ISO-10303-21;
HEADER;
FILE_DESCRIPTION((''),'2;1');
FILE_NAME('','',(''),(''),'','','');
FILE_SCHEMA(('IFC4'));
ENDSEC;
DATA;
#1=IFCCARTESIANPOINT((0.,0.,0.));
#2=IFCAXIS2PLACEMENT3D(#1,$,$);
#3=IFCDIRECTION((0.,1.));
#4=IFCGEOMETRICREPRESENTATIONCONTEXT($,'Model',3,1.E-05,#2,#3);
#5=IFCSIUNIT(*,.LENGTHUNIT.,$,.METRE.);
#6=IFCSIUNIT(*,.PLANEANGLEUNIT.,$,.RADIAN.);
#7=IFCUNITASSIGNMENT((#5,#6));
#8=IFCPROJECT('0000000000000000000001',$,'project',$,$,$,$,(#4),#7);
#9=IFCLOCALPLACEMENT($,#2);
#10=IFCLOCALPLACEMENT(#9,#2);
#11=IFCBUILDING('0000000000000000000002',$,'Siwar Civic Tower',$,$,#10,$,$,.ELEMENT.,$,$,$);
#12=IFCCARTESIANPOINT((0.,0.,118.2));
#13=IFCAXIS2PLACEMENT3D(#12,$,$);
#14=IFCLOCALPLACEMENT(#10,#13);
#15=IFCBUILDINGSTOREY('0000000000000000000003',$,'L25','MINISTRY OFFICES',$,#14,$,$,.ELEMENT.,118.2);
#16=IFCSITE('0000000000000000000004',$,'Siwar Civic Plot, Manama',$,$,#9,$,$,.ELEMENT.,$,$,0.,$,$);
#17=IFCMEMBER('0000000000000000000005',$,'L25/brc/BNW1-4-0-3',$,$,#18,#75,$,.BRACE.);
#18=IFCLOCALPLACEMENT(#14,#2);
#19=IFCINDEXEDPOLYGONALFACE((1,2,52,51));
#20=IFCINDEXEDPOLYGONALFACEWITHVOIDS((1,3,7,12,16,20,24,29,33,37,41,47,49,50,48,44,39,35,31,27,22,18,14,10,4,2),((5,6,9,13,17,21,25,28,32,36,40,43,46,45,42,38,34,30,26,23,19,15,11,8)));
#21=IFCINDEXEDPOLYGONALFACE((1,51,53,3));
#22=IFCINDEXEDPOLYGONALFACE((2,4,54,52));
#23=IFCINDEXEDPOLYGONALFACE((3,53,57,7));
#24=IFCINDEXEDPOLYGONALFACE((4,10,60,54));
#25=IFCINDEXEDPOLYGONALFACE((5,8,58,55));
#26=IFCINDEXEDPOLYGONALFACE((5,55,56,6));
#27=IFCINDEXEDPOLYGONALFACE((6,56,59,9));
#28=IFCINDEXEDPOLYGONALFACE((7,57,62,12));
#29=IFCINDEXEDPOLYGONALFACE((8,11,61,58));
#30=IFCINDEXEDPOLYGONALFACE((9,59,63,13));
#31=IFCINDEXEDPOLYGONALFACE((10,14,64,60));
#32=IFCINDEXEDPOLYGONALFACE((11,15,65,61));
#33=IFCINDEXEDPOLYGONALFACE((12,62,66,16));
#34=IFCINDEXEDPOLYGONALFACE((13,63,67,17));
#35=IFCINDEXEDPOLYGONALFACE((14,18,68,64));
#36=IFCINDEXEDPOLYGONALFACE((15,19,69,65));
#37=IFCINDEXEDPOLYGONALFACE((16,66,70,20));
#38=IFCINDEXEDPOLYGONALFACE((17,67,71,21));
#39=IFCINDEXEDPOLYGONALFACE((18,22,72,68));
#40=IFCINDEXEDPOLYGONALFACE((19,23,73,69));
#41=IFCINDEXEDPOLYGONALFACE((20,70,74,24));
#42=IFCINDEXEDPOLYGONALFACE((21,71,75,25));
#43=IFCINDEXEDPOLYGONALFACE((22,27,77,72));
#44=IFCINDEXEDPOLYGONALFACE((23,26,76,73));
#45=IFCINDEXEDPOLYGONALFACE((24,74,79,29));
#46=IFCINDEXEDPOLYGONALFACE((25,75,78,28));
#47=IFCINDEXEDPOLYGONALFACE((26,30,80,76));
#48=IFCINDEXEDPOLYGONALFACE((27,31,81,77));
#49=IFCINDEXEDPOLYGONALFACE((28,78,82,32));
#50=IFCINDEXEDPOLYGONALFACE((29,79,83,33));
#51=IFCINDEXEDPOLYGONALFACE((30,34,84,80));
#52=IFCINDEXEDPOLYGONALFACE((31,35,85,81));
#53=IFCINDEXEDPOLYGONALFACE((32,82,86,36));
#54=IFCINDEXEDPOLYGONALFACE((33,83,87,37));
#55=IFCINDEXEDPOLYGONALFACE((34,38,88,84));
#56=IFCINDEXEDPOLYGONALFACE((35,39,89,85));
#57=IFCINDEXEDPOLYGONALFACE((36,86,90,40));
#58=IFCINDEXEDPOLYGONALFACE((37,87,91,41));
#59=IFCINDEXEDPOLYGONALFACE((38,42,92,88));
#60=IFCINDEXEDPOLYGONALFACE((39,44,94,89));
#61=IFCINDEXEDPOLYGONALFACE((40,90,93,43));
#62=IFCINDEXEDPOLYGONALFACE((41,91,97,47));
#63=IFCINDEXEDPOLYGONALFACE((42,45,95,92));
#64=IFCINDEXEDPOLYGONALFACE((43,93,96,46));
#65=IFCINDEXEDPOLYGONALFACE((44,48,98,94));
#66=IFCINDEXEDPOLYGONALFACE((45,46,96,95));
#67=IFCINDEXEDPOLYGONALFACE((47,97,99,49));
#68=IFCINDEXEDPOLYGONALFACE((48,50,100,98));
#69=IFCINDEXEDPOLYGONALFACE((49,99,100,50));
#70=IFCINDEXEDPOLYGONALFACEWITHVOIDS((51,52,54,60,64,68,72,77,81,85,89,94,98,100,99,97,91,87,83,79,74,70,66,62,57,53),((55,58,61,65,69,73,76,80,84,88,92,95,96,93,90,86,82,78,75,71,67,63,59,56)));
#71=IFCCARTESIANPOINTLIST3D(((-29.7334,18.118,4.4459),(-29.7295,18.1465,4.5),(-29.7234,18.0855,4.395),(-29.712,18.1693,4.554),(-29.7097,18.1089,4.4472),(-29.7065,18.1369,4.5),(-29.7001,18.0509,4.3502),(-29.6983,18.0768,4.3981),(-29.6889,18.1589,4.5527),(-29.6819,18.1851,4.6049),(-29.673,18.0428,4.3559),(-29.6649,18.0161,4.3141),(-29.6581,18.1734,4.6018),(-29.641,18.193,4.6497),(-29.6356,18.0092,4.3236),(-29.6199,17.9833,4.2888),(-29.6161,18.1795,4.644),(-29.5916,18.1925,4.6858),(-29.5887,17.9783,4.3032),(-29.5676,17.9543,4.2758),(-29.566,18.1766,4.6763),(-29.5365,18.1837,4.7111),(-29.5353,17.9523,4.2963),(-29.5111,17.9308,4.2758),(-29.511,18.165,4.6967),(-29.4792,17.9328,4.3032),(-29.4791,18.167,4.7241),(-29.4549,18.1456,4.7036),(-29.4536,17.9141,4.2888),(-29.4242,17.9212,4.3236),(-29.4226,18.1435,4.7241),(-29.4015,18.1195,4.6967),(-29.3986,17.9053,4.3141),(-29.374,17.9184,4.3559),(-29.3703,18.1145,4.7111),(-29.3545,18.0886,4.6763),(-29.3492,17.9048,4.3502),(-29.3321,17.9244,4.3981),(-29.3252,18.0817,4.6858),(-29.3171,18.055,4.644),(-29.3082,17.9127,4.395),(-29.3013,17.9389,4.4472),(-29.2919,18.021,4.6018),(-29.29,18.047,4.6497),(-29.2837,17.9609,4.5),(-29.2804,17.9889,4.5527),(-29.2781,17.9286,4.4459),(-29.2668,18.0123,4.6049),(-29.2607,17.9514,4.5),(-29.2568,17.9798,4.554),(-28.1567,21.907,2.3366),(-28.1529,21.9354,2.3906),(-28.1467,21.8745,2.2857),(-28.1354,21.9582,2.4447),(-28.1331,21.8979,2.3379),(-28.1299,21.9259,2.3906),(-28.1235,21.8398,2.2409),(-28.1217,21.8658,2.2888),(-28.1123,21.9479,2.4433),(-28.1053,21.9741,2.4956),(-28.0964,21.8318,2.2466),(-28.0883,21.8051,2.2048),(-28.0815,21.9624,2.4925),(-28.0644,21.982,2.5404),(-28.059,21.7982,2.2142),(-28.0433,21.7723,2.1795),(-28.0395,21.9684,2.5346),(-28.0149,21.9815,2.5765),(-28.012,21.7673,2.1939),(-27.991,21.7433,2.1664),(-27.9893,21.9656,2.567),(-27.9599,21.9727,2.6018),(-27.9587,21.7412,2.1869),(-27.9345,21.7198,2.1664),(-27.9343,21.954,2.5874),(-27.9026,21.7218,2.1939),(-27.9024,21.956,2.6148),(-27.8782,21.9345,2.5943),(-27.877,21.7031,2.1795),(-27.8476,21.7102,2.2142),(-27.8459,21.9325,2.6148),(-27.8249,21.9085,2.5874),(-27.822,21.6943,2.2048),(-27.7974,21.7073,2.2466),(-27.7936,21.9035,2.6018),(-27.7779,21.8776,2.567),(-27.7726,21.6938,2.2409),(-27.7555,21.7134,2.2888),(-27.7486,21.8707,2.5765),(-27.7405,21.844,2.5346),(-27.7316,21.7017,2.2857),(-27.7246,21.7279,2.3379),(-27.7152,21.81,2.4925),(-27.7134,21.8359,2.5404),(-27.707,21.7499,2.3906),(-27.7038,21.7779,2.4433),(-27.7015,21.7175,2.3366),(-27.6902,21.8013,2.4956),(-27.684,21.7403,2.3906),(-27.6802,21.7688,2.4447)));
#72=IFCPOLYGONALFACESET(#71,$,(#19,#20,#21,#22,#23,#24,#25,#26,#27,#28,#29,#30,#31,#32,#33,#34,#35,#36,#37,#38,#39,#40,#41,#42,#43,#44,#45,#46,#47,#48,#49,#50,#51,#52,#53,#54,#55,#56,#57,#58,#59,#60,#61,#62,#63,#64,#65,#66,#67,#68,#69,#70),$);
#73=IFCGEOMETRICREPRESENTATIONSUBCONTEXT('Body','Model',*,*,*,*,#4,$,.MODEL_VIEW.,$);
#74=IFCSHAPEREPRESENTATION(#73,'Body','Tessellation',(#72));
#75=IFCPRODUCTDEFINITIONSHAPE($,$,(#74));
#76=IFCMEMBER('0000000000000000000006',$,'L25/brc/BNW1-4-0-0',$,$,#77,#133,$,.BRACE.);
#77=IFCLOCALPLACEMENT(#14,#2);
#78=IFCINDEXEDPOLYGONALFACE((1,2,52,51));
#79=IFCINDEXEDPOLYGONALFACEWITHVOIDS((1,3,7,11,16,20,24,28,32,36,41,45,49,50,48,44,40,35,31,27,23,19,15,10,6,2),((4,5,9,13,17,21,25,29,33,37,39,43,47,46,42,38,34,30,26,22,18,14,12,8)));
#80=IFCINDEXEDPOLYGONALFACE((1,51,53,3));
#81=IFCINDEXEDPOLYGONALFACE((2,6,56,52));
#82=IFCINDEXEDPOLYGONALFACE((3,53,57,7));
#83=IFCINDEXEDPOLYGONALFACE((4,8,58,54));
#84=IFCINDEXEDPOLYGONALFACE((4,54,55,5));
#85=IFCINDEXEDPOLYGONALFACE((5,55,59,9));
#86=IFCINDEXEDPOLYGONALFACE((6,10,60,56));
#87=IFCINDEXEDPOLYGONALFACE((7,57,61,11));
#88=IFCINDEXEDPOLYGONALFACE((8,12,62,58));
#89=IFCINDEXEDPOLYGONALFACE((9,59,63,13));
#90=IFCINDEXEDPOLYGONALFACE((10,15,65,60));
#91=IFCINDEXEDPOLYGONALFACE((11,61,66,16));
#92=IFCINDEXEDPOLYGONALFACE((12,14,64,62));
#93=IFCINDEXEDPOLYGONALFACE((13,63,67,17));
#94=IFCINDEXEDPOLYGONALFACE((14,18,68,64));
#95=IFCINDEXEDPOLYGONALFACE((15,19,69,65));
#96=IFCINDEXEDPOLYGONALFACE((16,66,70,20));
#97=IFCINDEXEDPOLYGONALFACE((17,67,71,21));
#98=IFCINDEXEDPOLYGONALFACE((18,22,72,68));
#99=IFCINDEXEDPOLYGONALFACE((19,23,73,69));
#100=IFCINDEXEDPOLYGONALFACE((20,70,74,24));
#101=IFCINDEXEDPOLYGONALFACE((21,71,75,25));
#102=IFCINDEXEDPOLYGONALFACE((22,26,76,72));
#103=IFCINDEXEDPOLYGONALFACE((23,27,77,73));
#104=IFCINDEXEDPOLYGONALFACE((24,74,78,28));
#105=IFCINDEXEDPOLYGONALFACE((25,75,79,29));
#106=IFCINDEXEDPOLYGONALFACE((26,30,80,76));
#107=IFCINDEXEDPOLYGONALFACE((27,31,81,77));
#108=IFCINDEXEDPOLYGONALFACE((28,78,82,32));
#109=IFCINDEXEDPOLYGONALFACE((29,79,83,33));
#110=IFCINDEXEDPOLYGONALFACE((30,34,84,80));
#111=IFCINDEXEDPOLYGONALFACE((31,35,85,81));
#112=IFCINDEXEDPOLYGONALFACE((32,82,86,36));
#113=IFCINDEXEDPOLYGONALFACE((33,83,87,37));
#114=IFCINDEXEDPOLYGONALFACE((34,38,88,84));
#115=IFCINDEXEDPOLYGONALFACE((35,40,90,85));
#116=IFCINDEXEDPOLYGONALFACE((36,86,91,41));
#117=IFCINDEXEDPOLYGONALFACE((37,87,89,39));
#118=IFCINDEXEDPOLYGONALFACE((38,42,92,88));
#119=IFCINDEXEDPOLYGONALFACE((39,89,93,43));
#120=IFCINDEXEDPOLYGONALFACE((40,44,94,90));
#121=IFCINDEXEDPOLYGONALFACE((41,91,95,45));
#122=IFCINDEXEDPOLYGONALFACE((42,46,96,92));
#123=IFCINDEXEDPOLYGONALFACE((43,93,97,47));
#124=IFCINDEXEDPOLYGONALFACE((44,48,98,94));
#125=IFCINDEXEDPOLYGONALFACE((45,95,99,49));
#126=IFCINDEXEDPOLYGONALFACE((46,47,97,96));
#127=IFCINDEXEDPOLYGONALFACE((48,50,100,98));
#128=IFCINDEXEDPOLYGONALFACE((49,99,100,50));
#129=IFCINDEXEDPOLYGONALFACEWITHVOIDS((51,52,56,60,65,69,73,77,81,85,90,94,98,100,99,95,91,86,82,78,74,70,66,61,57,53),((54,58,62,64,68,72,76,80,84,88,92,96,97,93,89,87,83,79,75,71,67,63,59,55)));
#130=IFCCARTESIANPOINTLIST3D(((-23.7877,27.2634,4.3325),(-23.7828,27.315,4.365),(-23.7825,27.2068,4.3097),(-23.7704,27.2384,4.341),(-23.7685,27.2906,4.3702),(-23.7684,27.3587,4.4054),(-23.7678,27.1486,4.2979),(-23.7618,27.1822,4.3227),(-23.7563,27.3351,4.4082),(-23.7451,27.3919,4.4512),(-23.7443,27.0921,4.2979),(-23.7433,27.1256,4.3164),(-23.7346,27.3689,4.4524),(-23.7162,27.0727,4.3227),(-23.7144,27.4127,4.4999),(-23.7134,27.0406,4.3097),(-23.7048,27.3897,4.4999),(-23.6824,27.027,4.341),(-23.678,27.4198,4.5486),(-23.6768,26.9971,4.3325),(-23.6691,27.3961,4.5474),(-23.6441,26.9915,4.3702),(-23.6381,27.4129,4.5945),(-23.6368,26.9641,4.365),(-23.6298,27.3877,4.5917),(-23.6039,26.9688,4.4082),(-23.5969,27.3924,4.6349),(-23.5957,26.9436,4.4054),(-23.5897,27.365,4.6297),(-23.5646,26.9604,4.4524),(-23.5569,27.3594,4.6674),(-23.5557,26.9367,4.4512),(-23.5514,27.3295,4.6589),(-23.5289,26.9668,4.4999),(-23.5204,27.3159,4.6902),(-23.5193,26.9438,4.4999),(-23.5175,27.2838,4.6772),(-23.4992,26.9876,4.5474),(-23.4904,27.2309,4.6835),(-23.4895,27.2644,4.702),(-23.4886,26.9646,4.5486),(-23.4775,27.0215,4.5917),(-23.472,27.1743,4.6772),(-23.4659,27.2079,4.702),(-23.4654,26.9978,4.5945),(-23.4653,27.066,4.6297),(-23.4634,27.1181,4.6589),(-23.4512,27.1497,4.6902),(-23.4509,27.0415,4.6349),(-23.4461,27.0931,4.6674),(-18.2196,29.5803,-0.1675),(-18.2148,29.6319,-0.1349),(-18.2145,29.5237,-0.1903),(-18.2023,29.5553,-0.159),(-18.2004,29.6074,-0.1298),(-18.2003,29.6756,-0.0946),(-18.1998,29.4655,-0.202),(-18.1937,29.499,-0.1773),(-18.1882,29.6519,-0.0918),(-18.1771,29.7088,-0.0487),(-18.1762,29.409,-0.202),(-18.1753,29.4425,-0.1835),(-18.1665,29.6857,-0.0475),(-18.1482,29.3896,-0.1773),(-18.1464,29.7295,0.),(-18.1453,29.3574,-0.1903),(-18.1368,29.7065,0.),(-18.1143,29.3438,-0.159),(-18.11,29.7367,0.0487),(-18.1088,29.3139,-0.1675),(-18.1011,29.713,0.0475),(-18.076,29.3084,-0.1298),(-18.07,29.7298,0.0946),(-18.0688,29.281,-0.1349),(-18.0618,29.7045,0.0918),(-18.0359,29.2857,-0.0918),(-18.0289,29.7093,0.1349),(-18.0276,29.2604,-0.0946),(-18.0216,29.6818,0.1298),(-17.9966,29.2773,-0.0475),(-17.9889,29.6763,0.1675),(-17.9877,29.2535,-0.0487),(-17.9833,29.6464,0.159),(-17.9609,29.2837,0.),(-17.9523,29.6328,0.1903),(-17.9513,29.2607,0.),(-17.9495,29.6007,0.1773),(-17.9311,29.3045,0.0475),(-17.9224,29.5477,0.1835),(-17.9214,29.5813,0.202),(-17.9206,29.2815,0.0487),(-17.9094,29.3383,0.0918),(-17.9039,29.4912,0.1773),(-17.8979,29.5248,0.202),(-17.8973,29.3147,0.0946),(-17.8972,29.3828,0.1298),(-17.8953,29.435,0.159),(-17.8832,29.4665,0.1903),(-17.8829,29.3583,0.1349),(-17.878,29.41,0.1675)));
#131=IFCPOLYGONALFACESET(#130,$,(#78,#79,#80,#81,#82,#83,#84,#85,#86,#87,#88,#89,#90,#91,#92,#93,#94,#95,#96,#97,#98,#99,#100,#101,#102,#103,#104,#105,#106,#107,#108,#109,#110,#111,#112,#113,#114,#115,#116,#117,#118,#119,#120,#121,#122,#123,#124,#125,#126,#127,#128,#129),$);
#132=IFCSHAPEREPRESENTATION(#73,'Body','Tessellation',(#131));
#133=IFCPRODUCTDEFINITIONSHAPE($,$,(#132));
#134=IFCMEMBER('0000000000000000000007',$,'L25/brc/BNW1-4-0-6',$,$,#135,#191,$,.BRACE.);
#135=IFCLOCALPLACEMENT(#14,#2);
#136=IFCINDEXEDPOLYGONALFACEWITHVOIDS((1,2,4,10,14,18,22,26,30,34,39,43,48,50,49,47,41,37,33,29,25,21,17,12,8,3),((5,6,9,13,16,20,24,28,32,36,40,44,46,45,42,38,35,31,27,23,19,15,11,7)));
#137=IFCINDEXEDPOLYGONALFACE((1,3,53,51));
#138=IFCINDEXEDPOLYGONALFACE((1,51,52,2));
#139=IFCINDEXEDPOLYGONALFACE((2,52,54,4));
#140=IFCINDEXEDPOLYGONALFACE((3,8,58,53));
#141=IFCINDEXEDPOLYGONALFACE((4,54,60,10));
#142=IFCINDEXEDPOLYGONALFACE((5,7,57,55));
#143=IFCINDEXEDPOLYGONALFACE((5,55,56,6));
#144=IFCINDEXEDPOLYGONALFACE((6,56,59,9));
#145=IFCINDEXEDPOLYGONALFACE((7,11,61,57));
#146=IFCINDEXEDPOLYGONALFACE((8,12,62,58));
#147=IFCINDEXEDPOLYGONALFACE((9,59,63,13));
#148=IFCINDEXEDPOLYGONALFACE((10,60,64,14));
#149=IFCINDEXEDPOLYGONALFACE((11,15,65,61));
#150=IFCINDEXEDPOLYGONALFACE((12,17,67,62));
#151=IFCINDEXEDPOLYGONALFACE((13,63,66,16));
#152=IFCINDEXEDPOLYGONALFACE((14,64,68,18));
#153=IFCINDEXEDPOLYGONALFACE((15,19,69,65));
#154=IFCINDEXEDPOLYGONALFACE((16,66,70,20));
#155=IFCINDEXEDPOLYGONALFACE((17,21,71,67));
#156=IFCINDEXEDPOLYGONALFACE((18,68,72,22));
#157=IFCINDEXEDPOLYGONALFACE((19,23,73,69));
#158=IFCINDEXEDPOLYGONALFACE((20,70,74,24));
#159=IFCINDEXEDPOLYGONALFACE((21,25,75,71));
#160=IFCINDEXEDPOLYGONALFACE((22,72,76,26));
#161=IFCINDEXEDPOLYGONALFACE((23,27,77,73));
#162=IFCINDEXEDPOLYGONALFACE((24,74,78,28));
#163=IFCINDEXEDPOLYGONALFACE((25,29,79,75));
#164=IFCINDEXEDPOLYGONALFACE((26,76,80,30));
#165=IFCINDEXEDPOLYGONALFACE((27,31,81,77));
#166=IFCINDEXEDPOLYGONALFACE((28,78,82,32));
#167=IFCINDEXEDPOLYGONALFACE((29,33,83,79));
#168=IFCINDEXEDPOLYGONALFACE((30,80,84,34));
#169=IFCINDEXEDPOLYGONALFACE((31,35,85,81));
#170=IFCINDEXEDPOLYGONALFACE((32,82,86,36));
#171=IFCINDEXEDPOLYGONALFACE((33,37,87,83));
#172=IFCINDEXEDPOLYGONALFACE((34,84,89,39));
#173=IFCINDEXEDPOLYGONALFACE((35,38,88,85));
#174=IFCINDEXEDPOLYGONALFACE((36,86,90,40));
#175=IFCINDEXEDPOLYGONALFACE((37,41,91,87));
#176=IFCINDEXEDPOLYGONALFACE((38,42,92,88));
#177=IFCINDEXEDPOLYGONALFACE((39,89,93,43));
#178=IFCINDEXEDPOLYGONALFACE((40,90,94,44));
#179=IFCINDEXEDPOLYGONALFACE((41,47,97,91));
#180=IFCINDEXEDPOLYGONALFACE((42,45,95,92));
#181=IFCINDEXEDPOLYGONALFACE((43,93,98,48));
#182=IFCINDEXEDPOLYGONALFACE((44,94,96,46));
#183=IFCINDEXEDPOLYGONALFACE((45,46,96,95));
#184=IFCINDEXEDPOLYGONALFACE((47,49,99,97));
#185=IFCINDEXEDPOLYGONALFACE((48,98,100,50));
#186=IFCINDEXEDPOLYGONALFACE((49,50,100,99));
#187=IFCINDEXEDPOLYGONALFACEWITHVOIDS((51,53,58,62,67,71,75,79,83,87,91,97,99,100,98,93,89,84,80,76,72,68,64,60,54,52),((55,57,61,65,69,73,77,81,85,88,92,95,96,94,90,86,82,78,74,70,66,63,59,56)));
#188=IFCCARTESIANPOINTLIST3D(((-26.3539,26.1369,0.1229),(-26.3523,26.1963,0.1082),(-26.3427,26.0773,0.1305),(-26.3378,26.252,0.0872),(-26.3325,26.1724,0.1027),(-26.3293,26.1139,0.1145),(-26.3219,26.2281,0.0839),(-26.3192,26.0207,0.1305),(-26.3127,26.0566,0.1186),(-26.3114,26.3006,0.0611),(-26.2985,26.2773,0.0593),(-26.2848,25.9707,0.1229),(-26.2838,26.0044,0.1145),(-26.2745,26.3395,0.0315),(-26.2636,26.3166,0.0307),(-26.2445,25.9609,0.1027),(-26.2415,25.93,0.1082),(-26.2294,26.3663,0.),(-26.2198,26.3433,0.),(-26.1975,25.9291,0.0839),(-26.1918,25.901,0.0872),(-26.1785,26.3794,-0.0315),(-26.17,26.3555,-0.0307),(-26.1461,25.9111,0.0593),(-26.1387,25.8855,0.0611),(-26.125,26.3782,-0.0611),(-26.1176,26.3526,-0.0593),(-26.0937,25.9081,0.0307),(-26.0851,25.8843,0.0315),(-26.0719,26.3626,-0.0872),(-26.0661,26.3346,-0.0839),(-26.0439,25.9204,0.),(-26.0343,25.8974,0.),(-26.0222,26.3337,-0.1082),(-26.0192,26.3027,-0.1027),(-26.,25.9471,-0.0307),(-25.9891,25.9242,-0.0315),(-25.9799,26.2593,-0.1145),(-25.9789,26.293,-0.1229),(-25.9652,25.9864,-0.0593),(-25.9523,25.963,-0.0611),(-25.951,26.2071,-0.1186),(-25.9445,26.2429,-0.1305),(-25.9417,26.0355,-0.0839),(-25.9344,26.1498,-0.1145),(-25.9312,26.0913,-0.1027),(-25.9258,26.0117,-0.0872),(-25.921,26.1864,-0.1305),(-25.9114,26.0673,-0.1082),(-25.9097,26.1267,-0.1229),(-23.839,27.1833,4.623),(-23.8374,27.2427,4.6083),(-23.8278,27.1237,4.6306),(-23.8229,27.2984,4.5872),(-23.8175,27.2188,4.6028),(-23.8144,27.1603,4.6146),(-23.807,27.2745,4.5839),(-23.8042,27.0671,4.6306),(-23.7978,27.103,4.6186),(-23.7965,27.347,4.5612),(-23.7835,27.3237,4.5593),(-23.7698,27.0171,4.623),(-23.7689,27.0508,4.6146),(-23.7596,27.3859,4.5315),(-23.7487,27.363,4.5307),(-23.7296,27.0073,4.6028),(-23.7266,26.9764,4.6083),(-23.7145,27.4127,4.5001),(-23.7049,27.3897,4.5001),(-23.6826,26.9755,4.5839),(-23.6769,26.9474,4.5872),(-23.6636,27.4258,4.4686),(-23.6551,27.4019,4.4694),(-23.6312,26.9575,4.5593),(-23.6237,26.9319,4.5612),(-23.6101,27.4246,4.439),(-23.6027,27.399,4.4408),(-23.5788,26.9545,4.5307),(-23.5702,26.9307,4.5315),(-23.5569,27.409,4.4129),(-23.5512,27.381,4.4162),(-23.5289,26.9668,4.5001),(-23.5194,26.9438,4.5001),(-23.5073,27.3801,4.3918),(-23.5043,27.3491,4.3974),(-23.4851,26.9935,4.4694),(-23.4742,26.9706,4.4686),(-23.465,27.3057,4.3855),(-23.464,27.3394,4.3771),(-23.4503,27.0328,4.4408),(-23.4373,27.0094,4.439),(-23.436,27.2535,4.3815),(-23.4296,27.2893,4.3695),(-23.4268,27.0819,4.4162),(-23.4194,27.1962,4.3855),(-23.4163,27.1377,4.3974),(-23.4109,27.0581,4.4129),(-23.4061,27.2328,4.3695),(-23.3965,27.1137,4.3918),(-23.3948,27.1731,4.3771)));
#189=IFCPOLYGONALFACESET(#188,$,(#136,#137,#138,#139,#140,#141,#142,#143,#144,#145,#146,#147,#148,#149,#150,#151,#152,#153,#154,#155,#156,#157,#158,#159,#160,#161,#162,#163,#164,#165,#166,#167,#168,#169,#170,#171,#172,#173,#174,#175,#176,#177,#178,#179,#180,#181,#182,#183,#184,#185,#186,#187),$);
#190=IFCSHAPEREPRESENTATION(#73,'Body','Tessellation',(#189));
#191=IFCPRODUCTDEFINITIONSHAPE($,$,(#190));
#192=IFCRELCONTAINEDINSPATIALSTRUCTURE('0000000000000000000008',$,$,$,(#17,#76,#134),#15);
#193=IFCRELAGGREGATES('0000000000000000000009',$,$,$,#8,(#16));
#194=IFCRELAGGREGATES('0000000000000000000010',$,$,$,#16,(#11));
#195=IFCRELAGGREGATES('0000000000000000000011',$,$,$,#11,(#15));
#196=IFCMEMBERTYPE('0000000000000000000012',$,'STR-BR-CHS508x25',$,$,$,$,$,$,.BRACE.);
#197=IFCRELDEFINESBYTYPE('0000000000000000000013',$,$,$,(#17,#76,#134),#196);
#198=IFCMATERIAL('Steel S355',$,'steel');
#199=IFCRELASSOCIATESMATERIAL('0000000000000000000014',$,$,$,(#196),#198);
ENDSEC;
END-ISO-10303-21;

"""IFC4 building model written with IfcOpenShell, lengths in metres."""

from ifc_helpers import new_model, si_unit, direction, frame, origin, origin_2d, place, context, subcontext, project, spatial, hollow_circle, extrude, material, material_profile, profile_set, type_object, element, save


model = new_model("IFC4")

# Units and contexts
model_context = context("Model", 3, precision=1e-05, world=origin(), true_north=direction((0.0, 1.0)))
body_context = subcontext(model_context, "Body", "Model", "MODEL_VIEW")
ifc_project = project(units=[si_unit("LENGTHUNIT", "METRE"), si_unit("PLANEANGLEUNIT", "RADIAN")], contexts=[model_context])

# Site, building, storey
site_placement = place(None, origin())
site = spatial("IfcSite", under=ifc_project, at=site_placement, Name="Siwar Civic Plot, Manama", CompositionType="ELEMENT", RefElevation=0.0)
building_placement = place(site_placement, origin())
building = spatial("IfcBuilding", under=site, at=building_placement, Name="Siwar Civic Tower", CompositionType="ELEMENT")
storey_placement = place(building_placement, frame((0.0, 0.0, 118.2)))
storey = spatial("IfcBuildingStorey", under=building, at=storey_placement, Name="L25", Description="MINISTRY OFFICES", CompositionType="ELEMENT", Elevation=118.2)

# Members
ifc_material_1 = material(Name="Steel S355", Category="steel")
ifc_material_profile_1 = material_profile(ifc_material_1, hollow_circle(Radius=0.2539, WallThickness=0.0249, at=origin_2d()), Name="CHS508x25")
ifc_profile_set_1 = profile_set([ifc_material_profile_1], Name="Steel S355")
member_type_1 = type_object("IfcMemberType", Name="STR-BR-CHS508x25", PredefinedType="BRACE", material=ifc_profile_set_1)
member_1_placement = place(storey_placement, frame((-27.9185, 21.8379, 2.3906), z_axis=(-0.341686, -0.821146, 0.457133), x_axis=(0.92326, -0.384176, 0.0)))
element("IfcMember", 1, at=member_1_placement, inside=storey, type_object=member_type_1, Name="L25/brc/BNW1-4-0-3", PredefinedType="BRACE", context=body_context, shape_type="SweptSolid", body=[
    extrude(hollow_circle(Radius=0.2539, WallThickness=0.0249, at=origin_2d()), origin(), (0.0, 0.0, 1.0), 4.6143),
])
member_2_placement = place(storey_placement, frame((-18.0488, 29.4951, 0.0), z_axis=(-0.739973, -0.307903, 0.598026), x_axis=(0.38417, -0.923262, 0.0)))
element("IfcMember", 2, at=member_2_placement, inside=storey, type_object=member_type_1, Name="L25/brc/BNW1-4-0-0", PredefinedType="BRACE", context=body_context, shape_type="SweptSolid", body=[
    extrude(hollow_circle(Radius=0.2539, WallThickness=0.0249, at=origin_2d()), origin(), (0.0, 0.0, 1.0), 7.5247),
])
member_3_placement = place(storey_placement, frame((-26.1318, 26.1318, 0.0), z_axis=(0.478099, 0.198926, 0.855482), x_axis=(-0.384151, 0.92327, 0.0)))
element("IfcMember", 3, at=member_3_placement, inside=storey, type_object=member_type_1, Name="L25/brc/BNW1-4-0-6", PredefinedType="BRACE", context=body_context, shape_type="SweptSolid", body=[
    extrude(hollow_circle(Radius=0.2539, WallThickness=0.0249, at=origin_2d()), origin(), (0.0, 0.0, 1.0), 5.2603),
])

save(model, "model.ifc")
